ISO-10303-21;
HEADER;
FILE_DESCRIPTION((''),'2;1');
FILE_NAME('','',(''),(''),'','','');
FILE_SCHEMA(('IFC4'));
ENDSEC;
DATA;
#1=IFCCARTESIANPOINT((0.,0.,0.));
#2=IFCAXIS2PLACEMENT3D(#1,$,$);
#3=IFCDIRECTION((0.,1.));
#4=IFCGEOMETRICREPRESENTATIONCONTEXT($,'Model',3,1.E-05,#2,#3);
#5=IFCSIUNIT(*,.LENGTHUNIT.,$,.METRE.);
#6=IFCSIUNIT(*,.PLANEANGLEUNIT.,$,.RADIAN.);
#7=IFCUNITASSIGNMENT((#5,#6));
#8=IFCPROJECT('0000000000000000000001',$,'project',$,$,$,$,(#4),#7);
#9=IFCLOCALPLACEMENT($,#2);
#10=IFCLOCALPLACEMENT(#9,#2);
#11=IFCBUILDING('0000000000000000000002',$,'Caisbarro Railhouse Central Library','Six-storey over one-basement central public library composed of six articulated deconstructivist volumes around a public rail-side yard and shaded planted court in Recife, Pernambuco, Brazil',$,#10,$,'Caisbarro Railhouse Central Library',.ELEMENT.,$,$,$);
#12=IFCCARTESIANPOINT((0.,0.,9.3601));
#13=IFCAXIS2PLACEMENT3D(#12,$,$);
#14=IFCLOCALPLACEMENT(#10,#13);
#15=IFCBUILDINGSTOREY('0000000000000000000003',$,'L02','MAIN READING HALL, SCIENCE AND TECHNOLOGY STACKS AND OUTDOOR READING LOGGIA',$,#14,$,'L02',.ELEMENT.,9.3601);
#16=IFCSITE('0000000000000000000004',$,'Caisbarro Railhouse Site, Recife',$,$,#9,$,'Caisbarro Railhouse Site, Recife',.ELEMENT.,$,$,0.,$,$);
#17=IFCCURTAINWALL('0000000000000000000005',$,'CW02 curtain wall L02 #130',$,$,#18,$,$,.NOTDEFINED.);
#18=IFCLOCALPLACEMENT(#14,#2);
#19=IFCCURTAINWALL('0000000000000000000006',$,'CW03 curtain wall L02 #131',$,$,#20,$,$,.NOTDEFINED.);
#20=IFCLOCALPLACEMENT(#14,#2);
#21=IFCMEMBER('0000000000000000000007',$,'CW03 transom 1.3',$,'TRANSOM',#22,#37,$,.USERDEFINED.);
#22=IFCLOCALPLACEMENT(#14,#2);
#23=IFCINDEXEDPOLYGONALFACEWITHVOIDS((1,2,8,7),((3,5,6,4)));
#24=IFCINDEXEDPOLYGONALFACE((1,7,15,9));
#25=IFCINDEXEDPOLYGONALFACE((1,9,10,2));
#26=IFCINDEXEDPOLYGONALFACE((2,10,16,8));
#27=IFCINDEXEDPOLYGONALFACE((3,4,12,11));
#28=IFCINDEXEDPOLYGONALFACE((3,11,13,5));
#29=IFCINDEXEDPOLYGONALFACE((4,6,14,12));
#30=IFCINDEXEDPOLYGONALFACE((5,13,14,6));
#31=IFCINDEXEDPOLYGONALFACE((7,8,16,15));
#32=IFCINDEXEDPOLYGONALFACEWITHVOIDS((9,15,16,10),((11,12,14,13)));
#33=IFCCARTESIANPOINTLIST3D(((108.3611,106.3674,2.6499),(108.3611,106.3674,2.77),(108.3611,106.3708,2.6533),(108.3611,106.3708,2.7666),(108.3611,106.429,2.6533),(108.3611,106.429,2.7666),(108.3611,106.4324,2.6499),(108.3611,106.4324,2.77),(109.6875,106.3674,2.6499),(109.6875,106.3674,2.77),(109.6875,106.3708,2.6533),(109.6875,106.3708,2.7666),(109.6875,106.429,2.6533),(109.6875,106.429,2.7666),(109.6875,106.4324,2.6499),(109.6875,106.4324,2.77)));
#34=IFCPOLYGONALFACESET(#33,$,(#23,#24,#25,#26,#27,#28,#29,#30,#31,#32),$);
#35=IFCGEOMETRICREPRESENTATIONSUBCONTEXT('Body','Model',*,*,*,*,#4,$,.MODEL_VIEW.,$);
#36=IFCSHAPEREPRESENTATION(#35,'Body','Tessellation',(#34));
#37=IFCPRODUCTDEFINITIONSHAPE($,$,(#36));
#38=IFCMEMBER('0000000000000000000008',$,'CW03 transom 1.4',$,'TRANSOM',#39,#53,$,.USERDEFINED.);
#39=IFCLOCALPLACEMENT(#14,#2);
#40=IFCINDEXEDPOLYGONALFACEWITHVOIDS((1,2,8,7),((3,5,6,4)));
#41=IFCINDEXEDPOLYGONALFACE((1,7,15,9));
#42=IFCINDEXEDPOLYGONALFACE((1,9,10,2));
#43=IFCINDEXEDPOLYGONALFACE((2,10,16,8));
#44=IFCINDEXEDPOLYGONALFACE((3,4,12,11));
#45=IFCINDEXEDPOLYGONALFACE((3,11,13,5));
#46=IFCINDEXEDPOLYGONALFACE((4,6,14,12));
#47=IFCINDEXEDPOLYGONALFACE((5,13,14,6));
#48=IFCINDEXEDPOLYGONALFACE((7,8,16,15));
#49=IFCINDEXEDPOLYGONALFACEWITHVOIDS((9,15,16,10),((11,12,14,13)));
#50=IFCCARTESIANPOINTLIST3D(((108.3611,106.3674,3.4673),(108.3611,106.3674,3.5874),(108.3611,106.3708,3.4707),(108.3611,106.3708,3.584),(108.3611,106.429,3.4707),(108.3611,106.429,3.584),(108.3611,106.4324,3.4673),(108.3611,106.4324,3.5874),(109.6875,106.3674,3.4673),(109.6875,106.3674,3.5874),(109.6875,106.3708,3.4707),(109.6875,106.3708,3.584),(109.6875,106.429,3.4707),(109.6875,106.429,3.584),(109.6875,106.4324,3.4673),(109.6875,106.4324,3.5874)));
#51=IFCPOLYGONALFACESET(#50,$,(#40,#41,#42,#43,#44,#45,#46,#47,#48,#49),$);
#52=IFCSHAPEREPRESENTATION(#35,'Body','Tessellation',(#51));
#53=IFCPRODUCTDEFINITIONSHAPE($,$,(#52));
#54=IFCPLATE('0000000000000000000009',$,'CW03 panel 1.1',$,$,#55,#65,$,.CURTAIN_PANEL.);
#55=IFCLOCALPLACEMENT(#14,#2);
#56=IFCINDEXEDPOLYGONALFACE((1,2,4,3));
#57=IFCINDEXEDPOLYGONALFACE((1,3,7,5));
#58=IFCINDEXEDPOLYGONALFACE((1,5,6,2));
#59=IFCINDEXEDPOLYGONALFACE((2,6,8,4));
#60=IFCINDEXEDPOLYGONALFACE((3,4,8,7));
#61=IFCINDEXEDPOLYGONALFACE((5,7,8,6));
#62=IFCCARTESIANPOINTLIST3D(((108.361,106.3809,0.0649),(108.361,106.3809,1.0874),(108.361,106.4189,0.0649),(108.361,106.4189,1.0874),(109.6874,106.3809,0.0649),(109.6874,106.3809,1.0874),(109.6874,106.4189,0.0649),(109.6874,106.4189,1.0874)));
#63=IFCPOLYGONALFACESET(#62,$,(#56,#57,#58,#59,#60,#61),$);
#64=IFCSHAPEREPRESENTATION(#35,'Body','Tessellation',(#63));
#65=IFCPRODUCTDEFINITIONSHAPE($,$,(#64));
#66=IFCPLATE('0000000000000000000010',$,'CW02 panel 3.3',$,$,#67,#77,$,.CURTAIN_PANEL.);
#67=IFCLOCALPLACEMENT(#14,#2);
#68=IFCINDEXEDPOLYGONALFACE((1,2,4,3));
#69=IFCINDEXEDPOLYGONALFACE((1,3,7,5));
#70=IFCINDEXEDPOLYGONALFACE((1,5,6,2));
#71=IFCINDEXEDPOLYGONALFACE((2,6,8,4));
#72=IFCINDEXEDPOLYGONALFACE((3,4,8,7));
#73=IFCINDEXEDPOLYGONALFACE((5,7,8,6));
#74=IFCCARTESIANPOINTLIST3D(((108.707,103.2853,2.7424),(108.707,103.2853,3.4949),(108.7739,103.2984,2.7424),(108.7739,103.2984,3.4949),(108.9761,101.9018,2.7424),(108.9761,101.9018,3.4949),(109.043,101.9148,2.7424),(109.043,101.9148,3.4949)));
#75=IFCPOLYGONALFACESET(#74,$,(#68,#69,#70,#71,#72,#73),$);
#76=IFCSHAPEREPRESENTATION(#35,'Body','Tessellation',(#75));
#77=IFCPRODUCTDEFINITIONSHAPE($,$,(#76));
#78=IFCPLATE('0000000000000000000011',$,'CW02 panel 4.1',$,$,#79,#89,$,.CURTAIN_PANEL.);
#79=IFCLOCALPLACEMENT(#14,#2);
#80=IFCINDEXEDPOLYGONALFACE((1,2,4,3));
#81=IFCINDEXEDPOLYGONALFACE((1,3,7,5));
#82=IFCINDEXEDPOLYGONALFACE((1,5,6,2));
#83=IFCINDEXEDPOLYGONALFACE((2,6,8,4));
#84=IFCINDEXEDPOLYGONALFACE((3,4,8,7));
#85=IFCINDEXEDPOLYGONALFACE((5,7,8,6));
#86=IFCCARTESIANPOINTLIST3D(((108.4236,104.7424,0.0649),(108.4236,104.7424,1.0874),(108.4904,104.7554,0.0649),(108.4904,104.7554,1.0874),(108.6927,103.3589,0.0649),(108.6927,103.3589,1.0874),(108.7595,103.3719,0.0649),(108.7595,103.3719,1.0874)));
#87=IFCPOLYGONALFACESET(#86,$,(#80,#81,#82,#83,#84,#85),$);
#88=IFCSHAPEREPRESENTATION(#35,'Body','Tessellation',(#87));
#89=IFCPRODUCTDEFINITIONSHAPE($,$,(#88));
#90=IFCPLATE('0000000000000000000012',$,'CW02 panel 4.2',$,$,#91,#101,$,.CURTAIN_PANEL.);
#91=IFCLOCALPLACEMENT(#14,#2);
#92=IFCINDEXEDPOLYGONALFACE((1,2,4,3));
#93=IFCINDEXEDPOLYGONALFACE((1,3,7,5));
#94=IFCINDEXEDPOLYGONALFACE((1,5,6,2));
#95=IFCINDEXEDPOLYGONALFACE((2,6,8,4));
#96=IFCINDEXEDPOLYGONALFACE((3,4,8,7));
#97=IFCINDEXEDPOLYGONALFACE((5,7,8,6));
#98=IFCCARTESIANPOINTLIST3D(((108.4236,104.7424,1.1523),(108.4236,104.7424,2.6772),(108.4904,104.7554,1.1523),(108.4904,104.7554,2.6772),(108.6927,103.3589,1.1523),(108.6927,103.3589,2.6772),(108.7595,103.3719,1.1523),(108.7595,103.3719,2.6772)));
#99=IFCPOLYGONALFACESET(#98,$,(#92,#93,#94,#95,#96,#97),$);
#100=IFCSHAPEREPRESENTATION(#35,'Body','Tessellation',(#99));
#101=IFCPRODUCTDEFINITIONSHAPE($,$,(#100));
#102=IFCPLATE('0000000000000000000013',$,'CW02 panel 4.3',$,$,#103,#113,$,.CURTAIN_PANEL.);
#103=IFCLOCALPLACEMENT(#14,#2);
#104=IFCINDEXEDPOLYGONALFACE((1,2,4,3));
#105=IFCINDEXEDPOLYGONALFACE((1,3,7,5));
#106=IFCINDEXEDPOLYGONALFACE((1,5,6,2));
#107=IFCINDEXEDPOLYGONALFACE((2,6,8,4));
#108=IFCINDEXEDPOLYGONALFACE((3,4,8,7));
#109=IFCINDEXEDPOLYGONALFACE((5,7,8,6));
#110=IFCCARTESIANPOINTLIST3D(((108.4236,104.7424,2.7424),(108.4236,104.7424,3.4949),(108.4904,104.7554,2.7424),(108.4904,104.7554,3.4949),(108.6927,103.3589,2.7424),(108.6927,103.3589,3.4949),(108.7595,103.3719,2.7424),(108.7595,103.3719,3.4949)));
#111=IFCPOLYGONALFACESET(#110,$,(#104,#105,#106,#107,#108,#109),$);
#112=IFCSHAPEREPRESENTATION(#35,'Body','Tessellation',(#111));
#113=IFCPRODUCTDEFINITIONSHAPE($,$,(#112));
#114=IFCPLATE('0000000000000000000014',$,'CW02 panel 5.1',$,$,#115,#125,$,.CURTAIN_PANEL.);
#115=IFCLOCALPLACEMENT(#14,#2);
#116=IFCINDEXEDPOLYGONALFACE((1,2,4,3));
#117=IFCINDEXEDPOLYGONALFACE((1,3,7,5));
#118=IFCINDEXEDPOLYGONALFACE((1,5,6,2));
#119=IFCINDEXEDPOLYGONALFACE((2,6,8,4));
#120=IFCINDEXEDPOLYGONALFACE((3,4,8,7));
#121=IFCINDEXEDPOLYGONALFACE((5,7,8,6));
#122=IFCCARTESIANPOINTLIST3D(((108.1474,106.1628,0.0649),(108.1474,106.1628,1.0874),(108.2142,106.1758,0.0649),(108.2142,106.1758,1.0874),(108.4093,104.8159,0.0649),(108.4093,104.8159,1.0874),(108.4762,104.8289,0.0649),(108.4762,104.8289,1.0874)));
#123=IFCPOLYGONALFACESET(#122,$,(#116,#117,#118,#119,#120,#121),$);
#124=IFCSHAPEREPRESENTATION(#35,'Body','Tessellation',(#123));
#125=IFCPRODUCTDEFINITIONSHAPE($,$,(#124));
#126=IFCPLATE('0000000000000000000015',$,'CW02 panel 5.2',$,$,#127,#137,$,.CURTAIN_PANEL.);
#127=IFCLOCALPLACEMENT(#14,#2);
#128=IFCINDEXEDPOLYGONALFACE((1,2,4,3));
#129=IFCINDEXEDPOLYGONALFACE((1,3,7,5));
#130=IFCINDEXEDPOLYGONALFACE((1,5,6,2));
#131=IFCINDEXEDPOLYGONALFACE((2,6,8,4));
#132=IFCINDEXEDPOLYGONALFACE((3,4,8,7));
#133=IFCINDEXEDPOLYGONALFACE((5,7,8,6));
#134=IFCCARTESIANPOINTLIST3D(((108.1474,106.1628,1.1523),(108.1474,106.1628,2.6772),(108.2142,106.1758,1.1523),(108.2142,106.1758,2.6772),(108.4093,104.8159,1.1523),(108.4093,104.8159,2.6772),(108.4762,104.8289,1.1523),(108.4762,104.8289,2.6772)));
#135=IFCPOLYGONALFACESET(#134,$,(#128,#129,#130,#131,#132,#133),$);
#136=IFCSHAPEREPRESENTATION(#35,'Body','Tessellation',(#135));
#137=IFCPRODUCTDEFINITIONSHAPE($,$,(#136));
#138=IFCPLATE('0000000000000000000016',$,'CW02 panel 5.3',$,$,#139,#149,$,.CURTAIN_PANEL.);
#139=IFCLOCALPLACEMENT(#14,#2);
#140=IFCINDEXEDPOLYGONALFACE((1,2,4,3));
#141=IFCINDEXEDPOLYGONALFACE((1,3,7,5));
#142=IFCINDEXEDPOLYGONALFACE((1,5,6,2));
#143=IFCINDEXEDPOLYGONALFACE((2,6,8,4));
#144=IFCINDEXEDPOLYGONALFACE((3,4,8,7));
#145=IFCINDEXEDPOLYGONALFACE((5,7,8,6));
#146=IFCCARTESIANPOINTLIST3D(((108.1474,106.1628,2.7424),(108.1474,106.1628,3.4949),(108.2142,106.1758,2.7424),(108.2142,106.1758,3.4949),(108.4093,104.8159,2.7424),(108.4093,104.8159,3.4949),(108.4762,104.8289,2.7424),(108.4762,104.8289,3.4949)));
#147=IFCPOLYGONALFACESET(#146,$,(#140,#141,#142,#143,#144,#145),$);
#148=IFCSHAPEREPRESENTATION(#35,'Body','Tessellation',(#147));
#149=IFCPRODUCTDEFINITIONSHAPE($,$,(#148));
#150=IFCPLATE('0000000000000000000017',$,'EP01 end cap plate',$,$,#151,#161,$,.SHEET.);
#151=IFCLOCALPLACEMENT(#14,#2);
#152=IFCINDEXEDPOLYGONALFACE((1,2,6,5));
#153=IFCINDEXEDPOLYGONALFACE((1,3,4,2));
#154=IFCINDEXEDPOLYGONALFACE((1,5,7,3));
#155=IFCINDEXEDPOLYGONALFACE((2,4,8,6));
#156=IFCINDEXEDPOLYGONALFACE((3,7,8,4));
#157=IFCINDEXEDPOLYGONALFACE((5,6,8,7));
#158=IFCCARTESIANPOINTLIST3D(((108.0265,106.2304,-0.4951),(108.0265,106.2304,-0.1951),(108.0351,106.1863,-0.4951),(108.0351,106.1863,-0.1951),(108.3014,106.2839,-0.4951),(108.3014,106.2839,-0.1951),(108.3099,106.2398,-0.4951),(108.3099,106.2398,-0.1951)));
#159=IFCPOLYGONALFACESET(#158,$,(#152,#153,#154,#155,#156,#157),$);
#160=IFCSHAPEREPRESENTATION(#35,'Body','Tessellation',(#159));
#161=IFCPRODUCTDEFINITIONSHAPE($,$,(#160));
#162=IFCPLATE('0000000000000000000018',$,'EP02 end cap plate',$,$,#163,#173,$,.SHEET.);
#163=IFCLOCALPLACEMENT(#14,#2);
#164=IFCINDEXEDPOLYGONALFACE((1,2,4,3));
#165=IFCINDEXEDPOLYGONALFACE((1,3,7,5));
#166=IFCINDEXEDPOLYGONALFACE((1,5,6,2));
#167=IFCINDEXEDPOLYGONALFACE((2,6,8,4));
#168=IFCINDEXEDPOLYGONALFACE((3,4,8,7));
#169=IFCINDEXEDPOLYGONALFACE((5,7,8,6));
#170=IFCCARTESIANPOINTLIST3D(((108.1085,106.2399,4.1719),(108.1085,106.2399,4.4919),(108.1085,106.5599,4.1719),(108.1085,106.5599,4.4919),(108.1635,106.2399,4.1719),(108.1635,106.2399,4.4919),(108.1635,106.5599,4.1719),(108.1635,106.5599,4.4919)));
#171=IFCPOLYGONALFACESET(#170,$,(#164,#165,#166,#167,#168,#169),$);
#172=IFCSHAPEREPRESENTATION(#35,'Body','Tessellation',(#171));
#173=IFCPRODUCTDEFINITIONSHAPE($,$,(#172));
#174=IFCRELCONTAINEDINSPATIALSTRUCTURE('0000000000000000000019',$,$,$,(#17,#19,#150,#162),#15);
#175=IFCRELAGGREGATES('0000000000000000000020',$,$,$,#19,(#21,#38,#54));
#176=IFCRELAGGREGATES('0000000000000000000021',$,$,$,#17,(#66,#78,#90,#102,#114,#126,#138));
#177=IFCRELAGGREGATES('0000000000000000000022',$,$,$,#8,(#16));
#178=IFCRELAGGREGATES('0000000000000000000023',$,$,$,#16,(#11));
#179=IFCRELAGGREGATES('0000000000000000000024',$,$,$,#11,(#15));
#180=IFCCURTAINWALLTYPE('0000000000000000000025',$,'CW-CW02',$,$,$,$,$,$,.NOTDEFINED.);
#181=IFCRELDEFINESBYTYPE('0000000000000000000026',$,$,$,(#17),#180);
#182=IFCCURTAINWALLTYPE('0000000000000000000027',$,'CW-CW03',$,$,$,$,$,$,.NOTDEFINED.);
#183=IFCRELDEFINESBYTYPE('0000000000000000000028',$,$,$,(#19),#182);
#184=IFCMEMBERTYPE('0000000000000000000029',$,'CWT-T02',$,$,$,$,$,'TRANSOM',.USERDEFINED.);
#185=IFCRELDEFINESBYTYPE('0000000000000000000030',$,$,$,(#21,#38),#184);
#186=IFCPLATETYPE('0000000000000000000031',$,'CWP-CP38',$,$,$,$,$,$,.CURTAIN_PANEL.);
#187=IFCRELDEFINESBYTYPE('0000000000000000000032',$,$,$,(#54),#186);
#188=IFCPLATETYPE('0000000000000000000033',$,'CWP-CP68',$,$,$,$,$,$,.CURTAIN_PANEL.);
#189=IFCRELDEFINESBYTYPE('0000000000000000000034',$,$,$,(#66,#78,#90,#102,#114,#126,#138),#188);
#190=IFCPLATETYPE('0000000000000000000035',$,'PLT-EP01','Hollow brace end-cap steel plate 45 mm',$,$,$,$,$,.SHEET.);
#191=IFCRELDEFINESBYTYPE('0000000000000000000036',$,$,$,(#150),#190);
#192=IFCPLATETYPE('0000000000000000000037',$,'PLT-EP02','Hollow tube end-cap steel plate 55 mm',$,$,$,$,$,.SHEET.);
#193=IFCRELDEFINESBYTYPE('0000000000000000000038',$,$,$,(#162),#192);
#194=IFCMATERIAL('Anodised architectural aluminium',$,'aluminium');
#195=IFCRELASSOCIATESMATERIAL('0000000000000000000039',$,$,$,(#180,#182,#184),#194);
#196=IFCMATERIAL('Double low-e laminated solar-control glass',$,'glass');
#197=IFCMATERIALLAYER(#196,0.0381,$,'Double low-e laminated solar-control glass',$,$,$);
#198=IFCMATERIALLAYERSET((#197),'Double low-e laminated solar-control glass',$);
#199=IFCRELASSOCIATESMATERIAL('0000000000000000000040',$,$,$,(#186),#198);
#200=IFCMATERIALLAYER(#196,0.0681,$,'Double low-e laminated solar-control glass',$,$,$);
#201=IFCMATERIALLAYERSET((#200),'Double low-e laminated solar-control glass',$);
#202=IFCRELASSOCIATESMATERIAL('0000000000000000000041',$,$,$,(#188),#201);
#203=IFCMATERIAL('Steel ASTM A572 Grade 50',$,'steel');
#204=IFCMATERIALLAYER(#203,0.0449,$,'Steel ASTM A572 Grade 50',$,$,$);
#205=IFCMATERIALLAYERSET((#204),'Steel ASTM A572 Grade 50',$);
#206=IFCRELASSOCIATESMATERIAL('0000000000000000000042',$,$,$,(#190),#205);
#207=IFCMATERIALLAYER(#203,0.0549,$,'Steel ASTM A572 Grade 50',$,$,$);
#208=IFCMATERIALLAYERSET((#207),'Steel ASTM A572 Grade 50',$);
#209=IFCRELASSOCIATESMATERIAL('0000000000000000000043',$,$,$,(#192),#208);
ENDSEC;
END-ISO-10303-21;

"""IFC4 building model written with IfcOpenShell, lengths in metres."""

from ifc_helpers import new_model, si_unit, direction, frame, origin, origin_2d, place, context, subcontext, project, spatial, rectangle, hollow_rectangle, extrude, material, layer, layer_set, material_profile, profile_set, type_object, element, aggregate, save


model = new_model("IFC4")

# Units and contexts
model_context = context("Model", 3, precision=1e-05, world=origin(), true_north=direction((0.0, 1.0)))
body_context = subcontext(model_context, "Body", "Model", "MODEL_VIEW")
ifc_project = project(units=[si_unit("LENGTHUNIT", "METRE"), si_unit("PLANEANGLEUNIT", "RADIAN")], contexts=[model_context])

# Site, building, storey
site_placement = place(None, origin())
site = spatial("IfcSite", under=ifc_project, at=site_placement, Name="Caisbarro Railhouse Site, Recife", LongName="Caisbarro Railhouse Site, Recife", CompositionType="ELEMENT", RefElevation=0.0)
building_placement = place(site_placement, origin())
building = spatial("IfcBuilding", under=site, at=building_placement, Name="Caisbarro Railhouse Central Library", Description="Six-storey over one-basement central public library composed of six articulated deconstructivist volumes around a public rail-side yard and shaded planted court in Recife, Pernambuco, Brazil", LongName="Caisbarro Railhouse Central Library", CompositionType="ELEMENT")
storey_placement = place(building_placement, frame((0.0, 0.0, 9.3601)))
storey = spatial("IfcBuildingStorey", under=building, at=storey_placement, Name="L02", Description="MAIN READING HALL, SCIENCE AND TECHNOLOGY STACKS AND OUTDOOR READING LOGGIA", LongName="L02", CompositionType="ELEMENT", Elevation=9.3601)

# Shared definitions
ifc_material_1 = material(Name="Steel ASTM A572 Grade 50", Category="steel")

# Curtain wall
ifc_material_2 = material(Name="Anodised architectural aluminium", Category="aluminium")
curtain_wall_type_1 = type_object("IfcCurtainWallType", Name="CW-CW02", PredefinedType="NOTDEFINED", material=ifc_material_2)
curtain_wall_1_placement = place(storey_placement, origin())
curtain_wall_1 = element("IfcCurtainWall", 1, at=curtain_wall_1_placement, inside=storey, type_object=curtain_wall_type_1, Name="CW02 curtain wall L02 #130", PredefinedType="NOTDEFINED")

# Curtain wall
curtain_wall_type_2 = type_object("IfcCurtainWallType", Name="CW-CW03", PredefinedType="NOTDEFINED", material=ifc_material_2)
curtain_wall_2_placement = place(storey_placement, origin())
curtain_wall_2 = element("IfcCurtainWall", 2, at=curtain_wall_2_placement, inside=storey, type_object=curtain_wall_type_2, Name="CW03 curtain wall L02 #131", PredefinedType="NOTDEFINED")

# Members
ifc_material_profile_1 = material_profile(ifc_material_2, hollow_rectangle(XDim=0.0649, YDim=0.1201, WallThickness=0.0034, at=origin_2d()), Name="ALU-TRN-65X120")
ifc_profile_set_1 = profile_set([ifc_material_profile_1], Name="Anodised architectural aluminium")
member_type_1 = type_object("IfcMemberType", Name="CWT-T02", ElementType="TRANSOM", PredefinedType="USERDEFINED", material=ifc_profile_set_1)
member_1_placement = place(storey_placement, frame((108.3611, 106.3999, 2.71), z_axis=(1.0, 0.0, 0.0), x_axis=(0.0, 1.0, 0.0)))
member_1 = element("IfcMember", 3, at=member_1_placement, type_object=member_type_1, Name="CW03 transom 1.3", ObjectType="TRANSOM", PredefinedType="USERDEFINED", context=body_context, shape_type="SweptSolid", body=[
    extrude(hollow_rectangle(XDim=0.0649, YDim=0.1201, WallThickness=0.0034, at=origin_2d()), origin(), (0.0, 0.0, 1.0), 1.3264),
])
member_2_placement = place(storey_placement, frame((108.3611, 106.3999, 3.5273), z_axis=(1.0, 0.0, 0.0), x_axis=(0.0, 1.0, 0.0)))
member_2 = element("IfcMember", 4, at=member_2_placement, type_object=member_type_1, Name="CW03 transom 1.4", ObjectType="TRANSOM", PredefinedType="USERDEFINED", context=body_context, shape_type="SweptSolid", body=[
    extrude(hollow_rectangle(XDim=0.0649, YDim=0.1201, WallThickness=0.0034, at=origin_2d()), origin(), (0.0, 0.0, 1.0), 1.3264),
])

# Plates
ifc_material_3 = material(Name="Double low-e laminated solar-control glass", Category="glass")
ifc_layer_1 = layer(ifc_material_3, 0.0381, Name="Double low-e laminated solar-control glass")
ifc_layer_set_1 = layer_set([ifc_layer_1], Name="Double low-e laminated solar-control glass")
plate_type_1 = type_object("IfcPlateType", Name="CWP-CP38", PredefinedType="CURTAIN_PANEL", material=ifc_layer_set_1)
plate_1_placement = place(storey_placement, frame((109.0242, 106.3999, 0.0649), z_axis=(0.0, 0.0, 1.0), x_axis=(1.0, 0.0, 0.0)))
plate_1 = element("IfcPlate", 5, at=plate_1_placement, type_object=plate_type_1, Name="CW03 panel 1.1", PredefinedType="CURTAIN_PANEL", context=body_context, shape_type="SweptSolid", body=[
    extrude(rectangle(XDim=1.3264, YDim=0.0381, at=origin_2d()), origin(), (0.0, 0.0, 1.0), 1.0225),
])
aggregate(curtain_wall_2, [member_1, member_2, plate_1])
ifc_layer_2 = layer(ifc_material_3, 0.0681, Name="Double low-e laminated solar-control glass")
ifc_layer_set_2 = layer_set([ifc_layer_2], Name="Double low-e laminated solar-control glass")
plate_type_2 = type_object("IfcPlateType", Name="CWP-CP68", PredefinedType="CURTAIN_PANEL", material=ifc_layer_set_2)
plate_2_placement = place(storey_placement, frame((108.875, 102.6001, 2.7424), z_axis=(0.0, 0.0, 1.0), x_axis=(-0.190911, 0.981607, 0.0)))
plate_2 = element("IfcPlate", 6, at=plate_2_placement, type_object=plate_type_2, Name="CW02 panel 3.3", PredefinedType="CURTAIN_PANEL", context=body_context, shape_type="SweptSolid", body=[
    extrude(rectangle(XDim=1.4094, YDim=0.0681, at=origin_2d()), origin(), (0.0, 0.0, 1.0), 0.7524),
])
plate_3_placement = place(storey_placement, frame((108.5916, 104.0571, 0.0649), z_axis=(0.0, 0.0, 1.0), x_axis=(-0.190911, 0.981607, 0.0)))
plate_3 = element("IfcPlate", 7, at=plate_3_placement, type_object=plate_type_2, Name="CW02 panel 4.1", PredefinedType="CURTAIN_PANEL", context=body_context, shape_type="SweptSolid", body=[
    extrude(rectangle(XDim=1.4094, YDim=0.0681, at=origin_2d()), origin(), (0.0, 0.0, 1.0), 1.0225),
])
plate_4_placement = place(storey_placement, frame((108.5916, 104.0571, 1.1523), z_axis=(0.0, 0.0, 1.0), x_axis=(-0.190911, 0.981607, 0.0)))
plate_4 = element("IfcPlate", 8, at=plate_4_placement, type_object=plate_type_2, Name="CW02 panel 4.2", PredefinedType="CURTAIN_PANEL", context=body_context, shape_type="SweptSolid", body=[
    extrude(rectangle(XDim=1.4094, YDim=0.0681, at=origin_2d()), origin(), (0.0, 0.0, 1.0), 1.5249),
])
plate_5_placement = place(storey_placement, frame((108.5916, 104.0571, 2.7424), z_axis=(0.0, 0.0, 1.0), x_axis=(-0.190911, 0.981607, 0.0)))
plate_5 = element("IfcPlate", 9, at=plate_5_placement, type_object=plate_type_2, Name="CW02 panel 4.3", PredefinedType="CURTAIN_PANEL", context=body_context, shape_type="SweptSolid", body=[
    extrude(rectangle(XDim=1.4094, YDim=0.0681, at=origin_2d()), origin(), (0.0, 0.0, 1.0), 0.7524),
])
plate_6_placement = place(storey_placement, frame((108.3118, 105.4958, 0.0649), z_axis=(0.0, 0.0, 1.0), x_axis=(-0.190911, 0.981607, 0.0)))
plate_6 = element("IfcPlate", 10, at=plate_6_placement, type_object=plate_type_2, Name="CW02 panel 5.1", PredefinedType="CURTAIN_PANEL", context=body_context, shape_type="SweptSolid", body=[
    extrude(rectangle(XDim=1.3721, YDim=0.0681, at=origin_2d()), origin(), (0.0, 0.0, 1.0), 1.0225),
])
plate_7_placement = place(storey_placement, frame((108.3118, 105.4958, 1.1523), z_axis=(0.0, 0.0, 1.0), x_axis=(-0.190911, 0.981607, 0.0)))
plate_7 = element("IfcPlate", 11, at=plate_7_placement, type_object=plate_type_2, Name="CW02 panel 5.2", PredefinedType="CURTAIN_PANEL", context=body_context, shape_type="SweptSolid", body=[
    extrude(rectangle(XDim=1.3721, YDim=0.0681, at=origin_2d()), origin(), (0.0, 0.0, 1.0), 1.5249),
])
plate_8_placement = place(storey_placement, frame((108.3118, 105.4958, 2.7424), z_axis=(0.0, 0.0, 1.0), x_axis=(-0.190911, 0.981607, 0.0)))
plate_8 = element("IfcPlate", 12, at=plate_8_placement, type_object=plate_type_2, Name="CW02 panel 5.3", PredefinedType="CURTAIN_PANEL", context=body_context, shape_type="SweptSolid", body=[
    extrude(rectangle(XDim=1.3721, YDim=0.0681, at=origin_2d()), origin(), (0.0, 0.0, 1.0), 0.7524),
])
aggregate(curtain_wall_1, [plate_2, plate_3, plate_4, plate_5, plate_6, plate_7, plate_8])

# Plates
ifc_layer_3 = layer(ifc_material_1, 0.0449, Name="Steel ASTM A572 Grade 50")
ifc_layer_set_3 = layer_set([ifc_layer_3], Name="Steel ASTM A572 Grade 50")
plate_type_3 = type_object("IfcPlateType", Name="PLT-EP01", Description="Hollow brace end-cap steel plate 45 mm", PredefinedType="SHEET", material=ifc_layer_set_3)
plate_9_placement = place(storey_placement, frame((108.1682, 106.2351, -0.4951), z_axis=(0.0, 0.0, 1.0), x_axis=(-0.190809, 0.981627, 0.0)))
element("IfcPlate", 13, at=plate_9_placement, inside=storey, type_object=plate_type_3, Name="EP01 end cap plate", PredefinedType="SHEET", context=body_context, shape_type="SweptSolid", body=[
    extrude(rectangle(XDim=0.0449, YDim=0.28, at=origin_2d()), origin(), (0.0, 0.0, 1.0), 0.3),
])
ifc_layer_4 = layer(ifc_material_1, 0.0549, Name="Steel ASTM A572 Grade 50")
ifc_layer_set_4 = layer_set([ifc_layer_4], Name="Steel ASTM A572 Grade 50")
plate_type_4 = type_object("IfcPlateType", Name="PLT-EP02", Description="Hollow tube end-cap steel plate 55 mm", PredefinedType="SHEET", material=ifc_layer_set_4)
plate_10_placement = place(storey_placement, frame((108.136, 106.3999, 4.1719), z_axis=(0.0, 0.0, 1.0), x_axis=(1.0, 0.0, 0.0)))
element("IfcPlate", 14, at=plate_10_placement, inside=storey, type_object=plate_type_4, Name="EP02 end cap plate", PredefinedType="SHEET", context=body_context, shape_type="SweptSolid", body=[
    extrude(rectangle(XDim=0.0549, YDim=0.3201, at=origin_2d()), origin(), (0.0, 0.0, 1.0), 0.3201),
])

save(model, "model.ifc")
